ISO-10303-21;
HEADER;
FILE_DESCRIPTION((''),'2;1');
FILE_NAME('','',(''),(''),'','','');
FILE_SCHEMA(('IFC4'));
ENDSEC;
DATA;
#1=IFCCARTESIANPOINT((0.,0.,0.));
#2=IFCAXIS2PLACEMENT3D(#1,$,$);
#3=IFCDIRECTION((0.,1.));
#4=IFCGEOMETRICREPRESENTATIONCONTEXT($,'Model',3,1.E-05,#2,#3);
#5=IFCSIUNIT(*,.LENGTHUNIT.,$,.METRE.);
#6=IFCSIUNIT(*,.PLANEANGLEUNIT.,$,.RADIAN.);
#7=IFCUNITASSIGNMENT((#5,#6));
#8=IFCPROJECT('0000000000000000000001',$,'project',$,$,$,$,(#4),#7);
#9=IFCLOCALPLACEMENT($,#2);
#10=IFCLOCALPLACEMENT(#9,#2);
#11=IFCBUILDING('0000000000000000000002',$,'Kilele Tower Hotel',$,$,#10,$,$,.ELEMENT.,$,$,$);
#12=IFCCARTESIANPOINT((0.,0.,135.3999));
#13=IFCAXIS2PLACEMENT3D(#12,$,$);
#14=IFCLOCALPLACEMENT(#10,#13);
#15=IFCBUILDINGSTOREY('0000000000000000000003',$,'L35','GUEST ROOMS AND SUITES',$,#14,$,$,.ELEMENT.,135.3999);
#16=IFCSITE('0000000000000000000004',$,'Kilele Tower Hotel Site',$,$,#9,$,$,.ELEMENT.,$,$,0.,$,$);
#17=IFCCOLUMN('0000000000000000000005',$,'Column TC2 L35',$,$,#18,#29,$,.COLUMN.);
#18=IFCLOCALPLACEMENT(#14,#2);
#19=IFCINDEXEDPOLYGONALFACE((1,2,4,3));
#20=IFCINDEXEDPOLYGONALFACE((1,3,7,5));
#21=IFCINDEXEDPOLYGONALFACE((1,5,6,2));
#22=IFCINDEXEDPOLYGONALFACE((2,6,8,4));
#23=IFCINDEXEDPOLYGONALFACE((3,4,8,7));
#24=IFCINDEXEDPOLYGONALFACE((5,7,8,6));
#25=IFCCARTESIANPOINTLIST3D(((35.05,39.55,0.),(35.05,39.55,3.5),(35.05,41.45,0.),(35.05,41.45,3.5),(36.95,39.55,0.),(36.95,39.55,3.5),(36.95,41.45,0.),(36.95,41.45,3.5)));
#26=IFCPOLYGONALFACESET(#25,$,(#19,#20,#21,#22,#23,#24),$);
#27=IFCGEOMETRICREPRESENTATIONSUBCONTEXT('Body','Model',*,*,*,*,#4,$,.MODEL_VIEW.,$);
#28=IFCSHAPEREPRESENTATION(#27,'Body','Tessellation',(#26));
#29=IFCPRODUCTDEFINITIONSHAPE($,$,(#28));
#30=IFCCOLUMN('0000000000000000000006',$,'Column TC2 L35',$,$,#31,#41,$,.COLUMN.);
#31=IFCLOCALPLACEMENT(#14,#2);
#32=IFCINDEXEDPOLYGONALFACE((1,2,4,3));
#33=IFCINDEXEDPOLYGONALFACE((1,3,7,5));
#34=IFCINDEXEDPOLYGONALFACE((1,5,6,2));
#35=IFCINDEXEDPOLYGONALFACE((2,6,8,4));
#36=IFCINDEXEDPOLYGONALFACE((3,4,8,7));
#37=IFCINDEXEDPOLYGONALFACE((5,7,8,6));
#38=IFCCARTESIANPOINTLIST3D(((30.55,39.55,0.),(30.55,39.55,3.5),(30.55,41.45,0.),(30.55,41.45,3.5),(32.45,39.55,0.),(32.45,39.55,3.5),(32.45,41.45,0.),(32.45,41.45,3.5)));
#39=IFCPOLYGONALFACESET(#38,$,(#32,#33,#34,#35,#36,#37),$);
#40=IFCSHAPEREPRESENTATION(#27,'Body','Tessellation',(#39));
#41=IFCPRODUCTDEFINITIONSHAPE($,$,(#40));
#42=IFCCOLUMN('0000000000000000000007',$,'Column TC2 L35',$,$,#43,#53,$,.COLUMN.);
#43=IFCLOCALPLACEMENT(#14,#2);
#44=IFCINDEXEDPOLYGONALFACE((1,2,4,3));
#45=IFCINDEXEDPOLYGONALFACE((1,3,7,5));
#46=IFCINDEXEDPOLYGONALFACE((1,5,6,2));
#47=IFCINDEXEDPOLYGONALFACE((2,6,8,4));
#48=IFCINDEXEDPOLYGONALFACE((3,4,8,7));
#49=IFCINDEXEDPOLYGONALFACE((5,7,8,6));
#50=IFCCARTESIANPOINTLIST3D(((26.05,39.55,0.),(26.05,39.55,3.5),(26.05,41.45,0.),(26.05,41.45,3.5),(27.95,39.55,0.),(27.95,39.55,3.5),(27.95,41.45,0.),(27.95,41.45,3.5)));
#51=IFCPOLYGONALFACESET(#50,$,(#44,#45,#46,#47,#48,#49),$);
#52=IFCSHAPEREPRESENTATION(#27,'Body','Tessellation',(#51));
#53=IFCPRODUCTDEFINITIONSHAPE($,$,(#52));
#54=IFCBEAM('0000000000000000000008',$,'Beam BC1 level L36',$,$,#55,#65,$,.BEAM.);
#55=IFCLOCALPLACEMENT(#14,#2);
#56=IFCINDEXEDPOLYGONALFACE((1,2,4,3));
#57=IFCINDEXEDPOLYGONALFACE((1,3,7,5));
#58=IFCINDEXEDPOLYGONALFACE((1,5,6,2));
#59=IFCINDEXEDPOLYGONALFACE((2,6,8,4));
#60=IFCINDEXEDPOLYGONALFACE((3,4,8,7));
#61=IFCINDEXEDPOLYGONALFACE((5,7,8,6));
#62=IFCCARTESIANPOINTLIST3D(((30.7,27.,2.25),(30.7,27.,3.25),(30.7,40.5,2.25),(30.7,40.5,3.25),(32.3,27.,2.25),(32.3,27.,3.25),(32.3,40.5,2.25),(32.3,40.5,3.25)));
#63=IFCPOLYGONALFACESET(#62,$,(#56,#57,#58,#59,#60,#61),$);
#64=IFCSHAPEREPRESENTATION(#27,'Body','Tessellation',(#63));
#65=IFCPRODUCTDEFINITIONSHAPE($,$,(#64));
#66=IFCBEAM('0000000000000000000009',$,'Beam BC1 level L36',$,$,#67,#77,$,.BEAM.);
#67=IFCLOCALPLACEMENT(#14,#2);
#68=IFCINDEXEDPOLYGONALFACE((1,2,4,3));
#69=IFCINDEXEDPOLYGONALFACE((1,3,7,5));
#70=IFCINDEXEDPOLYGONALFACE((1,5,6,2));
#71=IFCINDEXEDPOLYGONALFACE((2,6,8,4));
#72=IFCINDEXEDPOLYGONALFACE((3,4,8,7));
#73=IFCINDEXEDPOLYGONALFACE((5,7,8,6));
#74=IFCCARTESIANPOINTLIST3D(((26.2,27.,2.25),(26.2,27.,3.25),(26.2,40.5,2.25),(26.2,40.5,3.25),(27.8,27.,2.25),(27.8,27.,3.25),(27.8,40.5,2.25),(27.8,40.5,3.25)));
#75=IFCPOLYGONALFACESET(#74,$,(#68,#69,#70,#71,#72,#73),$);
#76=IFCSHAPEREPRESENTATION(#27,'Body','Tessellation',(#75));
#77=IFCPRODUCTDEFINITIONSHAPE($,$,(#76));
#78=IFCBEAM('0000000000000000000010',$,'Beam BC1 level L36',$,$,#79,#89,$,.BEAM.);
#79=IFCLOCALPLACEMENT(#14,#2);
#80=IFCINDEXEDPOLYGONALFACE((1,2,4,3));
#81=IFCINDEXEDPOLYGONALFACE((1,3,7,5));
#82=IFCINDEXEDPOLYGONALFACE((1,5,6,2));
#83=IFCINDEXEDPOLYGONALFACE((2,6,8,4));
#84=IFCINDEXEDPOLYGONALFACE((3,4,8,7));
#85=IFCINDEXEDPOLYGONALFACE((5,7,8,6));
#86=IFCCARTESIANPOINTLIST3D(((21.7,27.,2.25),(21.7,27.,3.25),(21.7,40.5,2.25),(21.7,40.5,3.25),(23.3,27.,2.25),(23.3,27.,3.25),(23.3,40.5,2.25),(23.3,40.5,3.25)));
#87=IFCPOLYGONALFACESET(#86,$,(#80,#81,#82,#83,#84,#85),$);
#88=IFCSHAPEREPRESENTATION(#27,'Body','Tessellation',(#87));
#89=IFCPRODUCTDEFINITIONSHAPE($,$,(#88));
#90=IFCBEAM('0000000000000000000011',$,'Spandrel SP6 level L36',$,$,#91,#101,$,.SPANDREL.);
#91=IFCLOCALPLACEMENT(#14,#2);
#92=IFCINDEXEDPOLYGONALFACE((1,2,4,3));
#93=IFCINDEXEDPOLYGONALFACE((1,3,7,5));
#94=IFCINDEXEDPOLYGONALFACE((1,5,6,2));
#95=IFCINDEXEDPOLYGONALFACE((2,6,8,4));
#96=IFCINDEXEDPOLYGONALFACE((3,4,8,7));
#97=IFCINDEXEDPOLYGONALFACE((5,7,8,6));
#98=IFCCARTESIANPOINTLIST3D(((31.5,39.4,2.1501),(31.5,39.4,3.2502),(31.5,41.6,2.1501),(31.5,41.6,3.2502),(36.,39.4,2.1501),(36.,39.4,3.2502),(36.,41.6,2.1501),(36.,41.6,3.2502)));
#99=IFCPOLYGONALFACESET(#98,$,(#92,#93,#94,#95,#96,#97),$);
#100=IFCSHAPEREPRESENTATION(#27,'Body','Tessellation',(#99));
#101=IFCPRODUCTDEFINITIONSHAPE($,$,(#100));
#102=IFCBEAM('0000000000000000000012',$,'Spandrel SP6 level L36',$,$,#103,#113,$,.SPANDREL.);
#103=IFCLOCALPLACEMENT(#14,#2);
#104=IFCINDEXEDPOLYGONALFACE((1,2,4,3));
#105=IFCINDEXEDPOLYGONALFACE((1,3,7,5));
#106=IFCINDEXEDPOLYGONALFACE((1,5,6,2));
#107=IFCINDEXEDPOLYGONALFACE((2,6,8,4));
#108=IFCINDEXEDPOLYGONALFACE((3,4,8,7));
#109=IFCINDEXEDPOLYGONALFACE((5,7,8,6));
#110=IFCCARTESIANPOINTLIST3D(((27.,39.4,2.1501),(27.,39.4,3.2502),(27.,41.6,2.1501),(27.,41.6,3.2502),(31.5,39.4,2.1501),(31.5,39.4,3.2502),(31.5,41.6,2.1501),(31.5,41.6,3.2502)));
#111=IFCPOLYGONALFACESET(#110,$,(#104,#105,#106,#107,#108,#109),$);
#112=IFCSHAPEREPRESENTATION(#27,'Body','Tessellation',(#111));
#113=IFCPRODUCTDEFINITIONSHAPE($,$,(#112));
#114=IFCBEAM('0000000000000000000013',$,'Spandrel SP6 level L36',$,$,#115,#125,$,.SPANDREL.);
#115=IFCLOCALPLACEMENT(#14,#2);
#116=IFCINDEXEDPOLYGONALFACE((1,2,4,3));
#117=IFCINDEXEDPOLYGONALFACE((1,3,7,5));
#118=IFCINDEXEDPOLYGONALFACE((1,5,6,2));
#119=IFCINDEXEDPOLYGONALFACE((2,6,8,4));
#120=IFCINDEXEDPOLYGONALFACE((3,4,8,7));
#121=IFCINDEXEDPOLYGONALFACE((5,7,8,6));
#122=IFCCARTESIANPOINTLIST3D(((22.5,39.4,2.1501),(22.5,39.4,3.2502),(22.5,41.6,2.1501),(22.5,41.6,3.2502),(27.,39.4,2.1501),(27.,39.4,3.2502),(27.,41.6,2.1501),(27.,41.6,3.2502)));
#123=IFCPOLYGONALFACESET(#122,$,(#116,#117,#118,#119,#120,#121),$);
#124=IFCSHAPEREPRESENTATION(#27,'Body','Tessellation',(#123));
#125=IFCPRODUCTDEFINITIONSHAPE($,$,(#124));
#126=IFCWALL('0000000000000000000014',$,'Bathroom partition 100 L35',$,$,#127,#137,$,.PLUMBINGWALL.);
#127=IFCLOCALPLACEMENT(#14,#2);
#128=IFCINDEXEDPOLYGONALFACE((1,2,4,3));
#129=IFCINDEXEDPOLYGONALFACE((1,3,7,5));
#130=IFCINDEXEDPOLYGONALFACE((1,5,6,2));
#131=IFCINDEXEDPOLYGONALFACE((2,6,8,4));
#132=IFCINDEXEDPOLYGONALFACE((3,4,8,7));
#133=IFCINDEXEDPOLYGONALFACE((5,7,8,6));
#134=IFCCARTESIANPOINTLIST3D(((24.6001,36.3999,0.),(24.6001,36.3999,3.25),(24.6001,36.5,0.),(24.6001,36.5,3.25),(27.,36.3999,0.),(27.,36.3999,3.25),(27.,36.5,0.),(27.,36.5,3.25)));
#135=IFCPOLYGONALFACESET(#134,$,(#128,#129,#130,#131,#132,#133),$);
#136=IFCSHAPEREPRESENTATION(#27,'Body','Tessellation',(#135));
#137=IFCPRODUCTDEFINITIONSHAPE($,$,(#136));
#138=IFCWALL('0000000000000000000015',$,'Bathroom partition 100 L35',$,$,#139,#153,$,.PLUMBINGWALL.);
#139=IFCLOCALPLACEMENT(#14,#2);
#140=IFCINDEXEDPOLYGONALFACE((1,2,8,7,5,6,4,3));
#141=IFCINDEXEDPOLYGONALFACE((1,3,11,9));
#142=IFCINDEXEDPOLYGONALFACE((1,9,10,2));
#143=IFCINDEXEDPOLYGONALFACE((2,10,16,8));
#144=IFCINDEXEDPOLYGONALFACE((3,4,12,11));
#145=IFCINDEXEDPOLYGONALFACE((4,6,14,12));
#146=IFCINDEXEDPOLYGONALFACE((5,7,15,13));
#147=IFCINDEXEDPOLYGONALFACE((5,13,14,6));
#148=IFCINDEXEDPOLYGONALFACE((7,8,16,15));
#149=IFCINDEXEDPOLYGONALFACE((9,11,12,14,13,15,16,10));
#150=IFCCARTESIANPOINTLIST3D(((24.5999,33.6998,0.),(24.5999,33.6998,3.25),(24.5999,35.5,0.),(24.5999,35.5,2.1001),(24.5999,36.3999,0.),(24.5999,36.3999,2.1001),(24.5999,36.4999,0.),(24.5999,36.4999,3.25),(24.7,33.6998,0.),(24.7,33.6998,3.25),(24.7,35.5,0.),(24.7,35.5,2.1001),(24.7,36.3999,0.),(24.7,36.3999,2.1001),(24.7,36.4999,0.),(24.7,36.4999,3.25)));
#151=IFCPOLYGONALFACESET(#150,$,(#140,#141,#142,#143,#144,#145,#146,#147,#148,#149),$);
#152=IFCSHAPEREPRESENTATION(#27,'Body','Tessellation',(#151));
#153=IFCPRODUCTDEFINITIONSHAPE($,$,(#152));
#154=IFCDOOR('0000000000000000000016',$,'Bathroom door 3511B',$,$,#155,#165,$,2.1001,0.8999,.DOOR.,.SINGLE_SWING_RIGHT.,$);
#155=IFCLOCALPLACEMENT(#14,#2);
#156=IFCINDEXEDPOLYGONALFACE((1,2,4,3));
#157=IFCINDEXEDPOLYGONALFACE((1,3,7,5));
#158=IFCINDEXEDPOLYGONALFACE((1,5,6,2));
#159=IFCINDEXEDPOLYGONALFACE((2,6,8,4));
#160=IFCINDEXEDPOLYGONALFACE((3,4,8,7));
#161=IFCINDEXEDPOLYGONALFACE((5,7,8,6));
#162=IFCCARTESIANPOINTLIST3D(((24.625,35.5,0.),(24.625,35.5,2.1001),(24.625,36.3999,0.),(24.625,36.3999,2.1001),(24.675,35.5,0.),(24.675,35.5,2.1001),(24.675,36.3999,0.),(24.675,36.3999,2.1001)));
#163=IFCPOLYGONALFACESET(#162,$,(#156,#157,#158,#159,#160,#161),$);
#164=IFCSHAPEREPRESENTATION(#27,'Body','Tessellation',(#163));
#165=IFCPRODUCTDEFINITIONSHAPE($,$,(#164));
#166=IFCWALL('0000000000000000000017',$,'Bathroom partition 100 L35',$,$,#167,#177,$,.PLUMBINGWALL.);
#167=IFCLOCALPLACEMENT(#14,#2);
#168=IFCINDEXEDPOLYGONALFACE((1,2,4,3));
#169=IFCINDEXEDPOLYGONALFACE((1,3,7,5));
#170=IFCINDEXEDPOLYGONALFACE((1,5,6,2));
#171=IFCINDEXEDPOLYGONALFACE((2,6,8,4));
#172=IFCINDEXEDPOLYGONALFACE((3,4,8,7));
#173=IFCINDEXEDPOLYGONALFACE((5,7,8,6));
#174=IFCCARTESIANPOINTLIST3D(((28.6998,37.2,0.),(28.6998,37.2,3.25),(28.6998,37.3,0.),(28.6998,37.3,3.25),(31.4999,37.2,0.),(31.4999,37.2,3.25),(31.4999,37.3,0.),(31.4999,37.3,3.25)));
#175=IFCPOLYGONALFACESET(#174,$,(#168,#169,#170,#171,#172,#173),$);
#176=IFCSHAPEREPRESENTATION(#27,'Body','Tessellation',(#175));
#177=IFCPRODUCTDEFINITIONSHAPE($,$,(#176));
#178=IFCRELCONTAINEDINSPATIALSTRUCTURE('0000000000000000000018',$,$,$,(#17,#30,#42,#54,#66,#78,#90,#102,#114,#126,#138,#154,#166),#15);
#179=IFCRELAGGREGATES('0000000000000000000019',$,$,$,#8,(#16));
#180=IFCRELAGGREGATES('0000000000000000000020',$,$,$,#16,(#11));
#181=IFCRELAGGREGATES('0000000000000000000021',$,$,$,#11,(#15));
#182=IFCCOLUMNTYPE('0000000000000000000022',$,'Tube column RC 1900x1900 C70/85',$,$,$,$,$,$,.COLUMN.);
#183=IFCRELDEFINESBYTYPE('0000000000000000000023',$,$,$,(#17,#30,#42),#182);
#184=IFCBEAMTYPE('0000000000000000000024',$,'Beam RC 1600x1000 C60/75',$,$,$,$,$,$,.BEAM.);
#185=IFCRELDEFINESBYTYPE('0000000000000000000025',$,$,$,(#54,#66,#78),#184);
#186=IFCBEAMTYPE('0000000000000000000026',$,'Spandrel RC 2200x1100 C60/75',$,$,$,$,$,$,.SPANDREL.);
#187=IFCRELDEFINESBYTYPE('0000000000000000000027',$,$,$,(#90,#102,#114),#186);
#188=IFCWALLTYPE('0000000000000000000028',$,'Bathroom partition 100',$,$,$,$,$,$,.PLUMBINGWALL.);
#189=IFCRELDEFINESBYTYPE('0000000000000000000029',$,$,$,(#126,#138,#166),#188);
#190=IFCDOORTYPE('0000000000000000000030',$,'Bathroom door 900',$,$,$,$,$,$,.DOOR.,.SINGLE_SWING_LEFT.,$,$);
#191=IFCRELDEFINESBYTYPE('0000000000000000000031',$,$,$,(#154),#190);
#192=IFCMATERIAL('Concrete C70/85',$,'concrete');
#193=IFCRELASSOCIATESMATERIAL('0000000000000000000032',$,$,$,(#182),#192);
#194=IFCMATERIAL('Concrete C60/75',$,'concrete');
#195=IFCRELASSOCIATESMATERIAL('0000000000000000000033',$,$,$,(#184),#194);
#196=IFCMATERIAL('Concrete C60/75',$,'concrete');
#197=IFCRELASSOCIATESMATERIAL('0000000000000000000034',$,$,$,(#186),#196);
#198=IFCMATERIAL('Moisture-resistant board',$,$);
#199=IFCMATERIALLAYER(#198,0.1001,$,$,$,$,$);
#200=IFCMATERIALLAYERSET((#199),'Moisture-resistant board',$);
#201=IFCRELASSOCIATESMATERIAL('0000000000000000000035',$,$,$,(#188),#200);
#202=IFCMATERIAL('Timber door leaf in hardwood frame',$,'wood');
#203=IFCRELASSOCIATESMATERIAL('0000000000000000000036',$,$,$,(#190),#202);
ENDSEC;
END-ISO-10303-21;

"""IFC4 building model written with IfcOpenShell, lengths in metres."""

from ifc_helpers import new_model, si_unit, direction, frame, frame_2d, origin, origin_2d, place, context, subcontext, project, spatial, rectangle, extrude, material, layer, layer_set, material_profile, profile_set, type_object, element, fill, save


model = new_model("IFC4")

# Units and contexts
model_context = context("Model", 3, precision=1e-05, world=origin(), true_north=direction((0.0, 1.0)))
body_context = subcontext(model_context, "Body", "Model", "MODEL_VIEW")
ifc_project = project(units=[si_unit("LENGTHUNIT", "METRE"), si_unit("PLANEANGLEUNIT", "RADIAN")], contexts=[model_context])

# Site, building, storey
site_placement = place(None, origin())
site = spatial("IfcSite", under=ifc_project, at=site_placement, Name="Kilele Tower Hotel Site", CompositionType="ELEMENT", RefElevation=0.0)
building_placement = place(site_placement, origin())
building = spatial("IfcBuilding", under=site, at=building_placement, Name="Kilele Tower Hotel", CompositionType="ELEMENT")
storey_placement = place(building_placement, frame((0.0, 0.0, 135.3999)))
storey = spatial("IfcBuildingStorey", under=building, at=storey_placement, Name="L35", Description="GUEST ROOMS AND SUITES", CompositionType="ELEMENT", Elevation=135.3999)

# Columns
ifc_material_1 = material(Name="Concrete C70/85", Category="concrete")
ifc_material_profile_1 = material_profile(ifc_material_1, rectangle(XDim=1.8999, YDim=1.8999, at=origin_2d()))
ifc_profile_set_1 = profile_set([ifc_material_profile_1], Name="Concrete C70/85")
column_type = type_object("IfcColumnType", Name="Tube column RC 1900x1900 C70/85", PredefinedType="COLUMN", material=ifc_profile_set_1)
for number, where, z_axis, x_axis, name in (
    (1, (36.0, 40.5, 0.0), (0.0, 0.0, 1.0), (1.0, 0.0, 0.0), "Column TC2 L35"),
    (2, (31.5, 40.5, 0.0), (0.0, 0.0, 1.0), (1.0, 0.0, 0.0), "Column TC2 L35"),
    (3, (27.0, 40.5, 0.0), (0.0, 0.0, 1.0), (1.0, 0.0, 0.0), "Column TC2 L35"),
):
    element("IfcColumn", number, at=place(storey_placement, frame(where, z_axis=z_axis, x_axis=x_axis)), inside=storey, type_object=column_type, Name=name, PredefinedType="COLUMN", context=body_context, shape_type="SweptSolid", body=[
        extrude(rectangle(XDim=1.8999, YDim=1.8999, at=origin_2d()), origin(), (0.0, 0.0, 1.0), 3.5),
    ])

# Beams
ifc_material_2 = material(Name="Concrete C60/75", Category="concrete")
ifc_material_profile_2 = material_profile(ifc_material_2, rectangle(XDim=1.6001, YDim=1.0, at=origin_2d()))
ifc_profile_set_2 = profile_set([ifc_material_profile_2], Name="Concrete C60/75")
beam_type_1 = type_object("IfcBeamType", Name="Beam RC 1600x1000 C60/75", PredefinedType="BEAM", material=ifc_profile_set_2)
for number, where, z_axis, x_axis, name in (
    (4, (31.5, 40.5, 2.75), (0.0, -1.0, 0.0), (1.0, 0.0, 0.0), "Beam BC1 level L36"),
    (5, (27.0, 40.5, 2.75), (0.0, -1.0, 0.0), (1.0, 0.0, 0.0), "Beam BC1 level L36"),
    (6, (22.5, 40.5, 2.75), (0.0, -1.0, 0.0), (1.0, 0.0, 0.0), "Beam BC1 level L36"),
):
    element("IfcBeam", number, at=place(storey_placement, frame(where, z_axis=z_axis, x_axis=x_axis)), inside=storey, type_object=beam_type_1, Name=name, PredefinedType="BEAM", context=body_context, shape_type="SweptSolid", body=[
        extrude(rectangle(XDim=1.6001, YDim=1.0, at=origin_2d()), origin(), (0.0, 0.0, 1.0), 13.5),
    ])
ifc_material_3 = material(Name="Concrete C60/75", Category="concrete")
ifc_material_profile_3 = material_profile(ifc_material_3, rectangle(XDim=2.2, YDim=1.1001, at=origin_2d()))
ifc_profile_set_3 = profile_set([ifc_material_profile_3], Name="Concrete C60/75")
beam_type_2 = type_object("IfcBeamType", Name="Spandrel RC 2200x1100 C60/75", PredefinedType="SPANDREL", material=ifc_profile_set_3)
for number, where, z_axis, x_axis, name in (
    (7, (36.0, 40.5, 2.7002), (-1.0, 0.0, 0.0), (0.0, -1.0, 0.0), "Spandrel SP6 level L36"),
    (8, (31.5, 40.5, 2.7002), (-1.0, 0.0, 0.0), (0.0, -1.0, 0.0), "Spandrel SP6 level L36"),
    (9, (27.0, 40.5, 2.7002), (-1.0, 0.0, 0.0), (0.0, -1.0, 0.0), "Spandrel SP6 level L36"),
):
    element("IfcBeam", number, at=place(storey_placement, frame(where, z_axis=z_axis, x_axis=x_axis)), inside=storey, type_object=beam_type_2, Name=name, PredefinedType="SPANDREL", context=body_context, shape_type="SweptSolid", body=[
        extrude(rectangle(XDim=2.2, YDim=1.1001, at=origin_2d()), origin(), (0.0, 0.0, 1.0), 4.5),
    ])

# Wall
ifc_material_4 = material(Name="Moisture-resistant board")
ifc_layer_1 = layer(ifc_material_4, 0.1001)
ifc_layer_set_1 = layer_set([ifc_layer_1], Name="Moisture-resistant board")
wall_type_1 = type_object("IfcWallType", Name="Bathroom partition 100", PredefinedType="PLUMBINGWALL", material=ifc_layer_set_1)
wall_1_placement = place(storey_placement, frame((24.6001, 36.45, 0.0), z_axis=(0.0, 0.0, 1.0), x_axis=(1.0, 0.0, 0.0)))
element("IfcWall", 10, at=wall_1_placement, inside=storey, type_object=wall_type_1, Name="Bathroom partition 100 L35", PredefinedType="PLUMBINGWALL", context=body_context, shape_type="SweptSolid", body=[
    extrude(rectangle(XDim=2.3999, YDim=0.1001, at=frame_2d((1.2, 0.0))), origin(), (0.0, 0.0, 1.0), 3.25),
])

# Wall, opening, door
wall_2_placement = place(storey_placement, frame((24.6499, 33.7, 0.0), z_axis=(0.0, 0.0, 1.0), x_axis=(0.0, 1.0, 0.0)))
wall_2 = element("IfcWall", 11, at=wall_2_placement, inside=storey, type_object=wall_type_1, Name="Bathroom partition 100 L35", PredefinedType="PLUMBINGWALL", context=body_context, shape_type="SweptSolid", body=[
    extrude(rectangle(XDim=2.8, YDim=0.1001, at=frame_2d((1.3999, 0.0))), origin(), (0.0, 0.0, 1.0), 3.25),
])
opening_1_placement = place(wall_2_placement, frame((1.8, 0.0, 0.0)))
opening_1 = element("IfcOpeningElement", 12, at=opening_1_placement, cuts=wall_2, PredefinedType="OPENING", context=body_context, shape_type="SweptSolid", body=[
    extrude(rectangle(XDim=0.8999, YDim=2.1001, at=frame_2d((0.45, 1.05))), frame((0.0, 0.0601, 0.0), z_axis=(0.0, -1.0, 0.0), x_axis=(1.0, 0.0, 0.0)), (0.0, 0.0, 1.0), 0.1201),
])
ifc_material_5 = material(Name="Timber door leaf in hardwood frame", Category="wood")
door_type_1 = type_object("IfcDoorType", Name="Bathroom door 900", OperationType="SINGLE_SWING_LEFT", PredefinedType="DOOR", material=ifc_material_5)
door_1_placement = place(opening_1_placement, origin())
door_1 = element("IfcDoor", 13, at=door_1_placement, inside=storey, type_object=door_type_1, Name="Bathroom door 3511B", OperationType="SINGLE_SWING_RIGHT", OverallHeight=2.1001, OverallWidth=0.8999, PredefinedType="DOOR", context=body_context, shape_type="SweptSolid", body=[
    extrude(rectangle(XDim=0.8999, YDim=2.1001, at=frame_2d((0.45, 1.05))), frame((0.0, 0.0249, 0.0), z_axis=(0.0, -1.0, 0.0), x_axis=(1.0, 0.0, 0.0)), (0.0, 0.0, 1.0), 0.05),
])
fill(opening_1, door_1)

# Wall
wall_3_placement = place(storey_placement, frame((28.7, 37.25, 0.0), z_axis=(0.0, 0.0, 1.0), x_axis=(1.0, 0.0, 0.0)))
element("IfcWall", 14, at=wall_3_placement, inside=storey, type_object=wall_type_1, Name="Bathroom partition 100 L35", PredefinedType="PLUMBINGWALL", context=body_context, shape_type="SweptSolid", body=[
    extrude(rectangle(XDim=2.8, YDim=0.1001, at=frame_2d((1.3999, 0.0))), origin(), (0.0, 0.0, 1.0), 3.25),
])

save(model, "model.ifc")
